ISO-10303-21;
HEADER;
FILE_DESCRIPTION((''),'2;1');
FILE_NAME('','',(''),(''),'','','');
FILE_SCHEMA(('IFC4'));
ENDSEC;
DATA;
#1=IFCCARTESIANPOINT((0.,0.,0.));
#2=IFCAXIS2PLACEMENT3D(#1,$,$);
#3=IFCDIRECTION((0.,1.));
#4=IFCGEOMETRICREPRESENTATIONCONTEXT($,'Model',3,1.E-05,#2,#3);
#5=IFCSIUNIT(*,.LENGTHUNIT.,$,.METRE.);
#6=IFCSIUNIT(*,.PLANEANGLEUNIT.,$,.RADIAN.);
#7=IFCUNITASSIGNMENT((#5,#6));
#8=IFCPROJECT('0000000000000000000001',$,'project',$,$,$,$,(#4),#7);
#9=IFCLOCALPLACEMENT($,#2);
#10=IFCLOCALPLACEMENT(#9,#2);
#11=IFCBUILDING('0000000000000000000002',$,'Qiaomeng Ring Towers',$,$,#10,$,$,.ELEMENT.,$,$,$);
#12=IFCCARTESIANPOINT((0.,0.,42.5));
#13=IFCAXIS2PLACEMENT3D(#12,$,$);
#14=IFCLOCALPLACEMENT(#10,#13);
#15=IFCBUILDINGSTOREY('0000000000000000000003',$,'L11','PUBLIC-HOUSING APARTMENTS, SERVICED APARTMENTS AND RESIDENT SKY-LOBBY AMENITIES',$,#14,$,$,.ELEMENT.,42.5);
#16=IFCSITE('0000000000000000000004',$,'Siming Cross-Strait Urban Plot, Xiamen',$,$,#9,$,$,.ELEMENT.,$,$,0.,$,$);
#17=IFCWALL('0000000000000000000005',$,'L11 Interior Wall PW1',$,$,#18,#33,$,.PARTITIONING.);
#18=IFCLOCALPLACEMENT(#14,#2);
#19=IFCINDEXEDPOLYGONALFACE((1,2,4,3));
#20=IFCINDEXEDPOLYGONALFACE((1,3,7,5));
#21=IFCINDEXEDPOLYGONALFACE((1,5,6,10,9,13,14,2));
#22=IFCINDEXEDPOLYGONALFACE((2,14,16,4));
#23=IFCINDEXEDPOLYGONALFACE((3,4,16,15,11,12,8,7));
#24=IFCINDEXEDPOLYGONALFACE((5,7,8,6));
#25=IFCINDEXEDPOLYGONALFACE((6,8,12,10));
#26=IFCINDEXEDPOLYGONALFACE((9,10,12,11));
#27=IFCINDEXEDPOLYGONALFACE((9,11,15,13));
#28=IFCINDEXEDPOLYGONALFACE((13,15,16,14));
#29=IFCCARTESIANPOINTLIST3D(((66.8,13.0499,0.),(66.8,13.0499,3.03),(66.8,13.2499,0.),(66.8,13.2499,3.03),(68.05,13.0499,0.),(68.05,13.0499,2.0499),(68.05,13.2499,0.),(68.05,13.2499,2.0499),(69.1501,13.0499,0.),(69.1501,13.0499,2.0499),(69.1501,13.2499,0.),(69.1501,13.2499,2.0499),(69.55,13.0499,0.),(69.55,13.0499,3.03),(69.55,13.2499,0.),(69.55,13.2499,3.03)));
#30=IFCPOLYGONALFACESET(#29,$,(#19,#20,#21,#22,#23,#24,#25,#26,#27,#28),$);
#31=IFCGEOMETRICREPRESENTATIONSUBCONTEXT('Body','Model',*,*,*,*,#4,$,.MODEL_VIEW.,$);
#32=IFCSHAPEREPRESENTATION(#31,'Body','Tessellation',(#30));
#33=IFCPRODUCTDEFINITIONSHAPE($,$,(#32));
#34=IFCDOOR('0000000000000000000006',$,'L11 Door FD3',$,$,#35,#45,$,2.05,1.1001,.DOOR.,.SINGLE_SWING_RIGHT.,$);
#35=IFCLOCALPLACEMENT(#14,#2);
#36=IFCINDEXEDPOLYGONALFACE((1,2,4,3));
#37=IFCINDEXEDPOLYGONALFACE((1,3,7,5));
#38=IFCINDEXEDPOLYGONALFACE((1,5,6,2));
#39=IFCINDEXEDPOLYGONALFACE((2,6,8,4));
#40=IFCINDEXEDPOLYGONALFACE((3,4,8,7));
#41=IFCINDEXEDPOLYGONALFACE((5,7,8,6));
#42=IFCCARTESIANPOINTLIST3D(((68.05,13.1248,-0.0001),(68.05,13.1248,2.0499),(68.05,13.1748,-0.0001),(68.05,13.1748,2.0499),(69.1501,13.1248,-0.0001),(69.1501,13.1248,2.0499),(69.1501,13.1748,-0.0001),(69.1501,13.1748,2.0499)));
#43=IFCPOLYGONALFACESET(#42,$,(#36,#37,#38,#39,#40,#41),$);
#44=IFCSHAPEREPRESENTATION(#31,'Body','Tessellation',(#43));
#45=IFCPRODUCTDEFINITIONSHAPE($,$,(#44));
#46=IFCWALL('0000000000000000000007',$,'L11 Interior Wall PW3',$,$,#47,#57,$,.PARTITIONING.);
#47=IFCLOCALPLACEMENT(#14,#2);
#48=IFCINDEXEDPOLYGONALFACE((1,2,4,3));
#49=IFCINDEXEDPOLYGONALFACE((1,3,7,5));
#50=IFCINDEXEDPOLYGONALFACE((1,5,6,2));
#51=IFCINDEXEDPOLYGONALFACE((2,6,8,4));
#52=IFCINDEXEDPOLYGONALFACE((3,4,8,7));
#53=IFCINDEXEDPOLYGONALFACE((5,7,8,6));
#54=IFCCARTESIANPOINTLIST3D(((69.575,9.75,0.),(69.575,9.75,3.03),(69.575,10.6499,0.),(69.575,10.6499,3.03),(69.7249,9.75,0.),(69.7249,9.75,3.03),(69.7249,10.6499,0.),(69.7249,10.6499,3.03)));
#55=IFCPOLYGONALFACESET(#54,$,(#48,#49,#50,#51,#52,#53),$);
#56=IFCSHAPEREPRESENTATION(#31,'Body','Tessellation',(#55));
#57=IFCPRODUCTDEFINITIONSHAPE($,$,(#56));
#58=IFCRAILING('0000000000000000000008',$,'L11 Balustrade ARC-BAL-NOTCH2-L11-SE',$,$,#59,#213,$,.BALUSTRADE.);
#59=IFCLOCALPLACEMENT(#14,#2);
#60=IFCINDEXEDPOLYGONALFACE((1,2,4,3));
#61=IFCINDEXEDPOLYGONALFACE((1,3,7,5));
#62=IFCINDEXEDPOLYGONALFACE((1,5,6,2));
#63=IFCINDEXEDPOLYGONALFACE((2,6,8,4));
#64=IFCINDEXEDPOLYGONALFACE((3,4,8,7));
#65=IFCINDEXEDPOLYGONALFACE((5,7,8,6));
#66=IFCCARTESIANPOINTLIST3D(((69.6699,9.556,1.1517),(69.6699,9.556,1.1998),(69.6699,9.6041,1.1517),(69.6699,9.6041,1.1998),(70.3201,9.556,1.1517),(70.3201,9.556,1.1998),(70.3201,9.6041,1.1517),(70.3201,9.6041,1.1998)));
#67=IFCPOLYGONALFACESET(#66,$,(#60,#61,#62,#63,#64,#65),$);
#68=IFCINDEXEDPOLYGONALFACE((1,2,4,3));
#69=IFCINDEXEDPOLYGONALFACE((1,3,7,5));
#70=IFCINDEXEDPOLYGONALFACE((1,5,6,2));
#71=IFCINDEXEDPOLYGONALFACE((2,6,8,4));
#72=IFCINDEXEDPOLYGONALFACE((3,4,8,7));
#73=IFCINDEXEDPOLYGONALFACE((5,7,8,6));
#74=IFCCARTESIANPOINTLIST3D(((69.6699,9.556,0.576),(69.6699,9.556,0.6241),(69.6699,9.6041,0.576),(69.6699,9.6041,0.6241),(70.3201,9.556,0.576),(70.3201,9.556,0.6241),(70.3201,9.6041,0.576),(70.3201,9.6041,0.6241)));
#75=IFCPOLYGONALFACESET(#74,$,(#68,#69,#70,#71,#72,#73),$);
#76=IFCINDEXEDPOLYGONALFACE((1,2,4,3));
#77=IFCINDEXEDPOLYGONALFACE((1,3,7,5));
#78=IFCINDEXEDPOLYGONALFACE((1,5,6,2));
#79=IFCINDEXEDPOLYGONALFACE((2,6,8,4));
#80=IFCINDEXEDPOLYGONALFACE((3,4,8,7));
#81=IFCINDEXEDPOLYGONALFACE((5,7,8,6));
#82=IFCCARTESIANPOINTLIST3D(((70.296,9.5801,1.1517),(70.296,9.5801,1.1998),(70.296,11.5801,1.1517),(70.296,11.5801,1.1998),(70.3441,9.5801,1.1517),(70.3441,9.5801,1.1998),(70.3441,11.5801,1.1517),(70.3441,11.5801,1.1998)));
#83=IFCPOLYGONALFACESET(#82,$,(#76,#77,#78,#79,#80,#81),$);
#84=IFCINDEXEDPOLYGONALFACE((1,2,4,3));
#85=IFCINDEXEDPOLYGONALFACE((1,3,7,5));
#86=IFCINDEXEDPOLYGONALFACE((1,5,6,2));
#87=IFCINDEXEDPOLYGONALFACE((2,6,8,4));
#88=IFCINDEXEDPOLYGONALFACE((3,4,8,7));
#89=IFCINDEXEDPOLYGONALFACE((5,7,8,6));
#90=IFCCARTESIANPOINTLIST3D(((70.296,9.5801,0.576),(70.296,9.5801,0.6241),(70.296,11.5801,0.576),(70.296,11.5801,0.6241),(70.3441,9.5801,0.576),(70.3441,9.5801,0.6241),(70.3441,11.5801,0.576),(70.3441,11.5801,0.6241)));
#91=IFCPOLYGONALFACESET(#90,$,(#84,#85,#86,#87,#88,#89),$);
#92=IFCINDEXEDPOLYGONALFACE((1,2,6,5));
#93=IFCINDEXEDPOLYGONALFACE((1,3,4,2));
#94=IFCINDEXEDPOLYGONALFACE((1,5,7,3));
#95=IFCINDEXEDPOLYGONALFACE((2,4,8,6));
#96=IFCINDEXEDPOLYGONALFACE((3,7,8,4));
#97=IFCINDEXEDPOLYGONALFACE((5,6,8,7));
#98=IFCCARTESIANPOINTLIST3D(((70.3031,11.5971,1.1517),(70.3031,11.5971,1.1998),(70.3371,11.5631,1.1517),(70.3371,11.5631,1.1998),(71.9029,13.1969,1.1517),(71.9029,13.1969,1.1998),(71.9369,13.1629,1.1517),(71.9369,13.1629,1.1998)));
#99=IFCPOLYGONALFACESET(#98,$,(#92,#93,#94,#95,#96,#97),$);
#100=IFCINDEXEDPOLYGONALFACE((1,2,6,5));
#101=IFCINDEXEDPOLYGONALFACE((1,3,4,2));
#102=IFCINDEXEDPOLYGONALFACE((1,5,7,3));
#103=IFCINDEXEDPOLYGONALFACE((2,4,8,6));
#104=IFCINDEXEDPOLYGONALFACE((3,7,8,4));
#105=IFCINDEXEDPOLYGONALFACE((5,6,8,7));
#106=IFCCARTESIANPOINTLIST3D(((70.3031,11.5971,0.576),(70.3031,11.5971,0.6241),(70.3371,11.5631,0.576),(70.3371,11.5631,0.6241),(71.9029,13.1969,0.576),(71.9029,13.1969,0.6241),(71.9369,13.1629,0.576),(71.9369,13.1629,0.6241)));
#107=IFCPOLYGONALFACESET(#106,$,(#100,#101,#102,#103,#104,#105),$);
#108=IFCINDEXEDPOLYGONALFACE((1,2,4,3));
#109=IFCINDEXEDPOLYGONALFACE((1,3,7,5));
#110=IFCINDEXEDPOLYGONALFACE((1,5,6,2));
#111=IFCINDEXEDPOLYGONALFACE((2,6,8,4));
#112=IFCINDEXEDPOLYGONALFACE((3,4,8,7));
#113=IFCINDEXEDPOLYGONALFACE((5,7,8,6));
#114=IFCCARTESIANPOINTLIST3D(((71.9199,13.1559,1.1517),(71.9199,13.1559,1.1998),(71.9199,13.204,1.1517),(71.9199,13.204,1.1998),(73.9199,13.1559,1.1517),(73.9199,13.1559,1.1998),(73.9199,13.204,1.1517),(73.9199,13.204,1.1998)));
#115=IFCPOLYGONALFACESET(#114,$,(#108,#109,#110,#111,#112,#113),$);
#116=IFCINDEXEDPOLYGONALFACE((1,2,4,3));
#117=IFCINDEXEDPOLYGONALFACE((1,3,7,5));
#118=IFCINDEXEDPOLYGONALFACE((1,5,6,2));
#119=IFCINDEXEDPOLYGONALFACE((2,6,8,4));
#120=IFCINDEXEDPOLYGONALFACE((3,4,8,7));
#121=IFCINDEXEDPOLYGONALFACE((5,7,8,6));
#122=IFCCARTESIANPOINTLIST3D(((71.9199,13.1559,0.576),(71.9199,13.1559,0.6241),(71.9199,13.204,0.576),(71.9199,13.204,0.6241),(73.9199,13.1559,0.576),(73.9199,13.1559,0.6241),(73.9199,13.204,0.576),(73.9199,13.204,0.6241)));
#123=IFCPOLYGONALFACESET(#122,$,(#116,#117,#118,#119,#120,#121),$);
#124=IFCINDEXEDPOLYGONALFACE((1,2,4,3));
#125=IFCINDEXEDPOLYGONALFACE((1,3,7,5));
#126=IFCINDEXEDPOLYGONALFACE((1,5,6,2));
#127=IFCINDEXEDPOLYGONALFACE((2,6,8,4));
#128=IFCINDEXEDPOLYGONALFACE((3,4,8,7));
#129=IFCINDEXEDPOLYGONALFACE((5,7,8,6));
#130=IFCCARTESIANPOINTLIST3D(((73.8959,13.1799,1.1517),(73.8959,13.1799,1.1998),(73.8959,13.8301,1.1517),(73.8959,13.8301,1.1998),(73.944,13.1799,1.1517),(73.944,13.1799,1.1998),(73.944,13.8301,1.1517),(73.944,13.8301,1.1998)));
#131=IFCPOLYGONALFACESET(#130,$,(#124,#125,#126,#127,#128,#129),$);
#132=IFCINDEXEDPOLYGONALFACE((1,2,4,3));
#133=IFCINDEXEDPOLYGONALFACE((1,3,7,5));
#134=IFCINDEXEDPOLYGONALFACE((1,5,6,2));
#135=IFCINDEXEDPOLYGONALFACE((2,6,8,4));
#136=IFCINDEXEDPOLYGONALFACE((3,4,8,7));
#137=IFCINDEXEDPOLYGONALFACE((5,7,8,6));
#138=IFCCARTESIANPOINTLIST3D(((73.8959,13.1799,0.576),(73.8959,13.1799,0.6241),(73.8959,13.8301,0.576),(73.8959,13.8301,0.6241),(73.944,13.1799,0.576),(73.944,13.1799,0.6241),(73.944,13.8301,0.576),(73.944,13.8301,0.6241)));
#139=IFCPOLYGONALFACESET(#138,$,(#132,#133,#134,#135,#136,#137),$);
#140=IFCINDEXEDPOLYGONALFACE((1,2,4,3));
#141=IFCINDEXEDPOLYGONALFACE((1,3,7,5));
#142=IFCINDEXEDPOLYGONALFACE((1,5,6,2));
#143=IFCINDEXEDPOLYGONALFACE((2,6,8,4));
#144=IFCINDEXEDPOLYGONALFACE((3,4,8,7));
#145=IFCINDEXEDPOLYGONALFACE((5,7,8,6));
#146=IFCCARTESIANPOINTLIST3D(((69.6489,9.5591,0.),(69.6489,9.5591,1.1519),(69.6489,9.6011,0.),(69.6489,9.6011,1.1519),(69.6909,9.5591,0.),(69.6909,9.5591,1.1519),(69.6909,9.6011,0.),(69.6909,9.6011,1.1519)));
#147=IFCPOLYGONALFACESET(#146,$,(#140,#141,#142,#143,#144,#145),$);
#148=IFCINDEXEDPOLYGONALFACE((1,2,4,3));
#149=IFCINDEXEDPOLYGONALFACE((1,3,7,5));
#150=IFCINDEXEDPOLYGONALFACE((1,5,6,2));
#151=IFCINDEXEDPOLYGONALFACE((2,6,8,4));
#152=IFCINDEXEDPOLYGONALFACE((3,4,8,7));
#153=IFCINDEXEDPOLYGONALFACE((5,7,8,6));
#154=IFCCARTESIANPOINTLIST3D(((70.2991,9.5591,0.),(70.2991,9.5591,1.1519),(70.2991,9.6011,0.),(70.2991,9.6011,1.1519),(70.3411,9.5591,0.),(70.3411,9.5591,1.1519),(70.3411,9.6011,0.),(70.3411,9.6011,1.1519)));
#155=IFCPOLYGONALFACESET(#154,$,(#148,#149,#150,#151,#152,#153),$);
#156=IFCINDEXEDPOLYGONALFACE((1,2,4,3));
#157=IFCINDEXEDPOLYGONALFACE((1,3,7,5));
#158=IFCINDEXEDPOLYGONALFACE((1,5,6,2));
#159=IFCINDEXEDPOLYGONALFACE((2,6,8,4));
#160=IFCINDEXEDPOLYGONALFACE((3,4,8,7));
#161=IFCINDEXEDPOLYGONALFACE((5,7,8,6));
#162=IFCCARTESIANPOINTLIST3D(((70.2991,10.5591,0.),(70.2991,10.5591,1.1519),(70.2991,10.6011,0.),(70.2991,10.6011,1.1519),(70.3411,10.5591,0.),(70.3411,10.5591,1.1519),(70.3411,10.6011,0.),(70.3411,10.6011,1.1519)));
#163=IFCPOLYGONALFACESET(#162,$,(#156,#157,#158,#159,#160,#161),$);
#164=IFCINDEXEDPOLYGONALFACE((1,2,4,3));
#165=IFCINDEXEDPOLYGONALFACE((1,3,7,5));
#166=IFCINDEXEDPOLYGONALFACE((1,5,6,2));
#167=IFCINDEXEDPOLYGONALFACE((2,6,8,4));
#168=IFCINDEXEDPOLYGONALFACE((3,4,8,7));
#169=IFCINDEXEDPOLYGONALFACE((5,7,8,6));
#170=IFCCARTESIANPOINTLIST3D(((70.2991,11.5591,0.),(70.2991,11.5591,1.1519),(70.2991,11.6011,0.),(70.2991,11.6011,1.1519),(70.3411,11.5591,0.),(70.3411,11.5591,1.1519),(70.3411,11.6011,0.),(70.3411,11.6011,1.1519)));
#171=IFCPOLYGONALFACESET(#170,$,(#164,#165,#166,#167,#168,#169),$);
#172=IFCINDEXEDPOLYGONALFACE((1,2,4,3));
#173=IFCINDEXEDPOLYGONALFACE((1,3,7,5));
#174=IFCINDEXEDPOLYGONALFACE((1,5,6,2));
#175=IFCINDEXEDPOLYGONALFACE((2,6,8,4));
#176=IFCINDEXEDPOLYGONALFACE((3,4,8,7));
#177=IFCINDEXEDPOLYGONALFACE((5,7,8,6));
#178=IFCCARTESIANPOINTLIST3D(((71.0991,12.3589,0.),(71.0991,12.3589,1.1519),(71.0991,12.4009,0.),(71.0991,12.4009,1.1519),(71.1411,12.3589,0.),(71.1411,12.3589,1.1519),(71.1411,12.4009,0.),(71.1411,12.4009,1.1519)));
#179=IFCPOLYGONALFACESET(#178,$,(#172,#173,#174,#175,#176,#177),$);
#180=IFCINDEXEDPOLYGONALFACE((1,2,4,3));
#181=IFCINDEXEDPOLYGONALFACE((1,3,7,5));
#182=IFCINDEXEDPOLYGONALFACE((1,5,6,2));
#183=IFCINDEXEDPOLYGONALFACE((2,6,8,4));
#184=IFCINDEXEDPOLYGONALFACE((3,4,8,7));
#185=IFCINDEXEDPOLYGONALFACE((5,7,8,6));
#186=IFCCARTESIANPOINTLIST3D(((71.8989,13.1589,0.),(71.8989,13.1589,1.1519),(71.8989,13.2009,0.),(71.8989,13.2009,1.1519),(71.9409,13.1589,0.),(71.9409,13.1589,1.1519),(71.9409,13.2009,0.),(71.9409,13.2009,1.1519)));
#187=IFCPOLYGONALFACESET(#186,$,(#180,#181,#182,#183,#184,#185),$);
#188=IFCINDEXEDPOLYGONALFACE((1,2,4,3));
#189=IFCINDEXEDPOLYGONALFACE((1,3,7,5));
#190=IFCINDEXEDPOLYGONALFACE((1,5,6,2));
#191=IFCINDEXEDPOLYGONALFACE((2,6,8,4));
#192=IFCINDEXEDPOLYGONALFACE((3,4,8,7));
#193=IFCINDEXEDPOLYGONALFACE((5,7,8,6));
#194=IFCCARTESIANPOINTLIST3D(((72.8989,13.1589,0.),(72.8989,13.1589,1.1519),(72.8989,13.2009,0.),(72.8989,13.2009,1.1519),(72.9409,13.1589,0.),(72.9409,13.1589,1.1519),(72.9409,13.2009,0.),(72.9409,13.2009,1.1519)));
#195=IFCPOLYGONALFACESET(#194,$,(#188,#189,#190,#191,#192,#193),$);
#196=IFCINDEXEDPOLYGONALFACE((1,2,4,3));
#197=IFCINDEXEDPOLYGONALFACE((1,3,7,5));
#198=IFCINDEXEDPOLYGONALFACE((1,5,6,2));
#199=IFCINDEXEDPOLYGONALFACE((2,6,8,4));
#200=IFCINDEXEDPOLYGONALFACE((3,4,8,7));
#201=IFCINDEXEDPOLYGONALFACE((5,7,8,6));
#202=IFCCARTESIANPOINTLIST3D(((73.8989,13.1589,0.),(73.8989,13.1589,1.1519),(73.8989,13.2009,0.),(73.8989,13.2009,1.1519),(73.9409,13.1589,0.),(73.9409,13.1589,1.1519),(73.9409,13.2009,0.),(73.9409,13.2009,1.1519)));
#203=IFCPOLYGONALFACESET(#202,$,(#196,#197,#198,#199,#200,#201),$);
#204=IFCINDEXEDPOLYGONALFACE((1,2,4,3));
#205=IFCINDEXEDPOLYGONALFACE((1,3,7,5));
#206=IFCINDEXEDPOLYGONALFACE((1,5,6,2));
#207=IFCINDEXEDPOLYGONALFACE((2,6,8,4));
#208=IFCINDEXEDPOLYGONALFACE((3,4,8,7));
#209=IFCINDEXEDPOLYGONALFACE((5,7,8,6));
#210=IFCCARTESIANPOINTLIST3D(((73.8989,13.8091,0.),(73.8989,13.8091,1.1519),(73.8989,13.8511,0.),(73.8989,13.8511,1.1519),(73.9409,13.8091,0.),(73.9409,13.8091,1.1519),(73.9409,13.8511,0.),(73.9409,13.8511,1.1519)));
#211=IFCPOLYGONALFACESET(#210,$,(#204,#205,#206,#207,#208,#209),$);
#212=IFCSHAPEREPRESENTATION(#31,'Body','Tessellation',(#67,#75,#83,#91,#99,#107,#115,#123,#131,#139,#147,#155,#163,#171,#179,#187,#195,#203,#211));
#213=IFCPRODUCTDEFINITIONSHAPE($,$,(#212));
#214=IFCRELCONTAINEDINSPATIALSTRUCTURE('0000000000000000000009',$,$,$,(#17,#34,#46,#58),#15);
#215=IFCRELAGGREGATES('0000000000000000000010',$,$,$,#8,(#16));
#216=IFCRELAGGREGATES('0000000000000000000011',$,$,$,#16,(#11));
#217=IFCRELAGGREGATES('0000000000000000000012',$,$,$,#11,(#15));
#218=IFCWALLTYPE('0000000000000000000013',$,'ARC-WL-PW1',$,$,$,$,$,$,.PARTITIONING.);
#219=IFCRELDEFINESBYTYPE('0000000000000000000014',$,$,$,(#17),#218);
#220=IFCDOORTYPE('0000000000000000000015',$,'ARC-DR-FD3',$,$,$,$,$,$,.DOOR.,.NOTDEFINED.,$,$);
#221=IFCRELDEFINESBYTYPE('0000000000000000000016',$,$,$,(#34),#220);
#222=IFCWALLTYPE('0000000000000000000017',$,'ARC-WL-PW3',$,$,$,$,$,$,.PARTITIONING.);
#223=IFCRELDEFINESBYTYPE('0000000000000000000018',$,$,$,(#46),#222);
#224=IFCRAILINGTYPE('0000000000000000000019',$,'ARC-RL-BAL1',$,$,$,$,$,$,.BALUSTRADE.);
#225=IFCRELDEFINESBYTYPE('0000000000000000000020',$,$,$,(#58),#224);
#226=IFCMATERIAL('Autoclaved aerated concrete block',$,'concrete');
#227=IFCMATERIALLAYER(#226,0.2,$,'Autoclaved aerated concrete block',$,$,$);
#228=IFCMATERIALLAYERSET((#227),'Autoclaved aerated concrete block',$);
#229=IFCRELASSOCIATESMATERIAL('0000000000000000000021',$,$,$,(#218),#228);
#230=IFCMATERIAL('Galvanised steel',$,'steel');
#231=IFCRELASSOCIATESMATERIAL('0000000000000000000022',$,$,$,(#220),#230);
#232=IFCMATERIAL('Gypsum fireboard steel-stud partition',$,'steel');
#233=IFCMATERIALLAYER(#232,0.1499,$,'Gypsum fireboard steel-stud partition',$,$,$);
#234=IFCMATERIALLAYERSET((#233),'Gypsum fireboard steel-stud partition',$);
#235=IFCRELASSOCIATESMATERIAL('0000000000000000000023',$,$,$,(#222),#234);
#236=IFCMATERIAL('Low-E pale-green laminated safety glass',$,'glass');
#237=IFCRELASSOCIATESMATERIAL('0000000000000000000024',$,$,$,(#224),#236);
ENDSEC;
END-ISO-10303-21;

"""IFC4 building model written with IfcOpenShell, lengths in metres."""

from ifc_helpers import new_model, si_unit, direction, frame, frame_2d, origin, origin_2d, place, context, subcontext, project, spatial, rectangle, extrude, source, transform, mapped, material, layer, layer_set, type_object, element, fill, save


model = new_model("IFC4")

# Units and contexts
model_context = context("Model", 3, precision=1e-05, world=origin(), true_north=direction((0.0, 1.0)))
body_context = subcontext(model_context, "Body", "Model", "MODEL_VIEW")
ifc_project = project(units=[si_unit("LENGTHUNIT", "METRE"), si_unit("PLANEANGLEUNIT", "RADIAN")], contexts=[model_context])

# Site, building, storey
site_placement = place(None, origin())
site = spatial("IfcSite", under=ifc_project, at=site_placement, Name="Siming Cross-Strait Urban Plot, Xiamen", CompositionType="ELEMENT", RefElevation=0.0)
building_placement = place(site_placement, origin())
building = spatial("IfcBuilding", under=site, at=building_placement, Name="Qiaomeng Ring Towers", CompositionType="ELEMENT")
storey_placement = place(building_placement, frame((0.0, 0.0, 42.5)))
storey = spatial("IfcBuildingStorey", under=building, at=storey_placement, Name="L11", Description="PUBLIC-HOUSING APARTMENTS, SERVICED APARTMENTS AND RESIDENT SKY-LOBBY AMENITIES", CompositionType="ELEMENT", Elevation=42.5)

# Shared definitions
ifc_material_1 = material(Name="Autoclaved aerated concrete block", Category="concrete")
ifc_layer_1 = layer(ifc_material_1, 0.2, Name="Autoclaved aerated concrete block")
ifc_layer_set_1 = layer_set([ifc_layer_1], Name="Autoclaved aerated concrete block")
wall_type_1 = type_object("IfcWallType", Name="ARC-WL-PW1", PredefinedType="PARTITIONING", material=ifc_layer_set_1)

# Wall, opening, door
wall_1_placement = place(storey_placement, frame((66.8, 13.1499, 0.0), z_axis=(0.0, 0.0, 1.0), x_axis=(1.0, 0.0, 0.0)))
wall_1 = element("IfcWall", 1, at=wall_1_placement, inside=storey, type_object=wall_type_1, Name="L11 Interior Wall PW1", PredefinedType="PARTITIONING", context=body_context, shape_type="SweptSolid", body=[
    extrude(rectangle(XDim=2.75, YDim=0.2, at=frame_2d((1.375, 0.0))), origin(), (0.0, 0.0, 1.0), 3.03),
])
opening_1_placement = place(wall_1_placement, frame((1.25, 0.0, 0.0)))
opening_1 = element("IfcOpeningElement", 2, at=opening_1_placement, cuts=wall_1, PredefinedType="OPENING", context=body_context, shape_type="SweptSolid", body=[
    extrude(rectangle(XDim=1.1001, YDim=2.05, at=frame_2d((0.55, 1.0249))), frame((0.0, 0.1099, 0.0), z_axis=(0.0, -1.0, 0.0), x_axis=(1.0, 0.0, 0.0)), (0.0, 0.0, 1.0), 0.22),
])
ifc_material_2 = material(Name="Galvanised steel", Category="steel")
door_type_1 = type_object("IfcDoorType", Name="ARC-DR-FD3", OperationType="NOTDEFINED", PredefinedType="DOOR", material=ifc_material_2)
shared_shape_1 = source(origin(), body_context, "Body", "SweptSolid", [
    extrude(rectangle(XDim=1.1001, YDim=2.05, at=frame_2d((0.55, 1.0249))), frame((0.0, 0.0249, 0.0), z_axis=(0.0, -1.0, 0.0), x_axis=(1.0, 0.0, 0.0)), (0.0, 0.0, 1.0), 0.05),
])
door_1_placement = place(opening_1_placement, origin())
door_1 = element("IfcDoor", 3, at=door_1_placement, inside=storey, type_object=door_type_1, Name="L11 Door FD3", OperationType="SINGLE_SWING_RIGHT", OverallHeight=2.05, OverallWidth=1.1001, PredefinedType="DOOR", context=body_context, shape_type="MappedRepresentation", body=[
    mapped(shared_shape_1, transform((0.0, 0.0, 0.0), x_axis=(1.0, 0.0, 0.0), y_axis=(0.0, 1.0, 0.0), z_axis=(0.0, 0.0, 1.0), scale=1.0)),
])
fill(opening_1, door_1)

# Wall
ifc_material_3 = material(Name="Gypsum fireboard steel-stud partition", Category="steel")
ifc_layer_2 = layer(ifc_material_3, 0.1499, Name="Gypsum fireboard steel-stud partition")
ifc_layer_set_2 = layer_set([ifc_layer_2], Name="Gypsum fireboard steel-stud partition")
wall_type_2 = type_object("IfcWallType", Name="ARC-WL-PW3", PredefinedType="PARTITIONING", material=ifc_layer_set_2)
wall_2_placement = place(storey_placement, frame((69.6499, 9.75, 0.0), z_axis=(0.0, 0.0, 1.0), x_axis=(0.0, 1.0, 0.0)))
element("IfcWall", 4, at=wall_2_placement, inside=storey, type_object=wall_type_2, Name="L11 Interior Wall PW3", PredefinedType="PARTITIONING", context=body_context, shape_type="SweptSolid", body=[
    extrude(rectangle(XDim=0.8999, YDim=0.1499, at=frame_2d((0.45, 0.0))), origin(), (0.0, 0.0, 1.0), 3.03),
])

# Railing
ifc_material_4 = material(Name="Low-E pale-green laminated safety glass", Category="glass")
railing_type = type_object("IfcRailingType", Name="ARC-RL-BAL1", PredefinedType="BALUSTRADE", material=ifc_material_4)
railing_placement = place(storey_placement, frame((69.6699, 9.5801, 0.0)))
element("IfcRailing", 5, at=railing_placement, inside=storey, type_object=railing_type, Name="L11 Balustrade ARC-BAL-NOTCH2-L11-SE", PredefinedType="BALUSTRADE", context=body_context, shape_type="SweptSolid", body=[
    extrude(rectangle(XDim=0.0481, YDim=0.0481, at=origin_2d()), frame((0.0, 0.0, 1.1758), z_axis=(1.0, 0.0, 0.0), x_axis=(0.0, 1.0, 0.0)), (0.0, 0.0, 1.0), 0.6501),
    extrude(rectangle(XDim=0.0481, YDim=0.0481, at=origin_2d()), frame((0.0, 0.0, 0.6001), z_axis=(1.0, 0.0, 0.0), x_axis=(0.0, 1.0, 0.0)), (0.0, 0.0, 1.0), 0.6501),
    extrude(rectangle(XDim=0.0481, YDim=0.0481, at=origin_2d()), frame((0.6501, 0.0, 1.1758), z_axis=(0.0, 1.0, 0.0), x_axis=(-1.0, 0.0, 0.0)), (0.0, 0.0, 1.0), 2.0),
    extrude(rectangle(XDim=0.0481, YDim=0.0481, at=origin_2d()), frame((0.6501, 0.0, 0.6001), z_axis=(0.0, 1.0, 0.0), x_axis=(-1.0, 0.0, 0.0)), (0.0, 0.0, 1.0), 2.0),
    extrude(rectangle(XDim=0.0481, YDim=0.0481, at=origin_2d()), frame((0.6501, 2.0, 1.1758), z_axis=(0.707107, 0.707107, 0.0), x_axis=(-0.707107, 0.707107, 0.0)), (0.0, 0.0, 1.0), 2.2625),
    extrude(rectangle(XDim=0.0481, YDim=0.0481, at=origin_2d()), frame((0.6501, 2.0, 0.6001), z_axis=(0.707107, 0.707107, 0.0), x_axis=(-0.707107, 0.707107, 0.0)), (0.0, 0.0, 1.0), 2.2625),
    extrude(rectangle(XDim=0.0481, YDim=0.0481, at=origin_2d()), frame((2.25, 3.5999, 1.1758), z_axis=(1.0, 0.0, 0.0), x_axis=(0.0, 1.0, 0.0)), (0.0, 0.0, 1.0), 2.0),
    extrude(rectangle(XDim=0.0481, YDim=0.0481, at=origin_2d()), frame((2.25, 3.5999, 0.6001), z_axis=(1.0, 0.0, 0.0), x_axis=(0.0, 1.0, 0.0)), (0.0, 0.0, 1.0), 2.0),
    extrude(rectangle(XDim=0.0481, YDim=0.0481, at=origin_2d()), frame((4.25, 3.5999, 1.1758), z_axis=(0.0, 1.0, 0.0), x_axis=(-1.0, 0.0, 0.0)), (0.0, 0.0, 1.0), 0.6501),
    extrude(rectangle(XDim=0.0481, YDim=0.0481, at=origin_2d()), frame((4.25, 3.5999, 0.6001), z_axis=(0.0, 1.0, 0.0), x_axis=(-1.0, 0.0, 0.0)), (0.0, 0.0, 1.0), 0.6501),
    extrude(rectangle(XDim=0.042, YDim=0.042, at=origin_2d()), origin(), (0.0, 0.0, 1.0), 1.1519),
    extrude(rectangle(XDim=0.042, YDim=0.042, at=origin_2d()), frame((0.6501, 0.0, 0.0)), (0.0, 0.0, 1.0), 1.1519),
    extrude(rectangle(XDim=0.042, YDim=0.042, at=origin_2d()), frame((0.6501, 1.0, 0.0)), (0.0, 0.0, 1.0), 1.1519),
    extrude(rectangle(XDim=0.042, YDim=0.042, at=origin_2d()), frame((0.6501, 2.0, 0.0)), (0.0, 0.0, 1.0), 1.1519),
    extrude(rectangle(XDim=0.042, YDim=0.042, at=origin_2d()), frame((1.4502, 2.7998, 0.0)), (0.0, 0.0, 1.0), 1.1519),
    extrude(rectangle(XDim=0.042, YDim=0.042, at=origin_2d()), frame((2.25, 3.5999, 0.0)), (0.0, 0.0, 1.0), 1.1519),
    extrude(rectangle(XDim=0.042, YDim=0.042, at=origin_2d()), frame((3.25, 3.5999, 0.0)), (0.0, 0.0, 1.0), 1.1519),
    extrude(rectangle(XDim=0.042, YDim=0.042, at=origin_2d()), frame((4.25, 3.5999, 0.0)), (0.0, 0.0, 1.0), 1.1519),
    extrude(rectangle(XDim=0.042, YDim=0.042, at=origin_2d()), frame((4.25, 4.25, 0.0)), (0.0, 0.0, 1.0), 1.1519),
])

save(model, "model.ifc")
